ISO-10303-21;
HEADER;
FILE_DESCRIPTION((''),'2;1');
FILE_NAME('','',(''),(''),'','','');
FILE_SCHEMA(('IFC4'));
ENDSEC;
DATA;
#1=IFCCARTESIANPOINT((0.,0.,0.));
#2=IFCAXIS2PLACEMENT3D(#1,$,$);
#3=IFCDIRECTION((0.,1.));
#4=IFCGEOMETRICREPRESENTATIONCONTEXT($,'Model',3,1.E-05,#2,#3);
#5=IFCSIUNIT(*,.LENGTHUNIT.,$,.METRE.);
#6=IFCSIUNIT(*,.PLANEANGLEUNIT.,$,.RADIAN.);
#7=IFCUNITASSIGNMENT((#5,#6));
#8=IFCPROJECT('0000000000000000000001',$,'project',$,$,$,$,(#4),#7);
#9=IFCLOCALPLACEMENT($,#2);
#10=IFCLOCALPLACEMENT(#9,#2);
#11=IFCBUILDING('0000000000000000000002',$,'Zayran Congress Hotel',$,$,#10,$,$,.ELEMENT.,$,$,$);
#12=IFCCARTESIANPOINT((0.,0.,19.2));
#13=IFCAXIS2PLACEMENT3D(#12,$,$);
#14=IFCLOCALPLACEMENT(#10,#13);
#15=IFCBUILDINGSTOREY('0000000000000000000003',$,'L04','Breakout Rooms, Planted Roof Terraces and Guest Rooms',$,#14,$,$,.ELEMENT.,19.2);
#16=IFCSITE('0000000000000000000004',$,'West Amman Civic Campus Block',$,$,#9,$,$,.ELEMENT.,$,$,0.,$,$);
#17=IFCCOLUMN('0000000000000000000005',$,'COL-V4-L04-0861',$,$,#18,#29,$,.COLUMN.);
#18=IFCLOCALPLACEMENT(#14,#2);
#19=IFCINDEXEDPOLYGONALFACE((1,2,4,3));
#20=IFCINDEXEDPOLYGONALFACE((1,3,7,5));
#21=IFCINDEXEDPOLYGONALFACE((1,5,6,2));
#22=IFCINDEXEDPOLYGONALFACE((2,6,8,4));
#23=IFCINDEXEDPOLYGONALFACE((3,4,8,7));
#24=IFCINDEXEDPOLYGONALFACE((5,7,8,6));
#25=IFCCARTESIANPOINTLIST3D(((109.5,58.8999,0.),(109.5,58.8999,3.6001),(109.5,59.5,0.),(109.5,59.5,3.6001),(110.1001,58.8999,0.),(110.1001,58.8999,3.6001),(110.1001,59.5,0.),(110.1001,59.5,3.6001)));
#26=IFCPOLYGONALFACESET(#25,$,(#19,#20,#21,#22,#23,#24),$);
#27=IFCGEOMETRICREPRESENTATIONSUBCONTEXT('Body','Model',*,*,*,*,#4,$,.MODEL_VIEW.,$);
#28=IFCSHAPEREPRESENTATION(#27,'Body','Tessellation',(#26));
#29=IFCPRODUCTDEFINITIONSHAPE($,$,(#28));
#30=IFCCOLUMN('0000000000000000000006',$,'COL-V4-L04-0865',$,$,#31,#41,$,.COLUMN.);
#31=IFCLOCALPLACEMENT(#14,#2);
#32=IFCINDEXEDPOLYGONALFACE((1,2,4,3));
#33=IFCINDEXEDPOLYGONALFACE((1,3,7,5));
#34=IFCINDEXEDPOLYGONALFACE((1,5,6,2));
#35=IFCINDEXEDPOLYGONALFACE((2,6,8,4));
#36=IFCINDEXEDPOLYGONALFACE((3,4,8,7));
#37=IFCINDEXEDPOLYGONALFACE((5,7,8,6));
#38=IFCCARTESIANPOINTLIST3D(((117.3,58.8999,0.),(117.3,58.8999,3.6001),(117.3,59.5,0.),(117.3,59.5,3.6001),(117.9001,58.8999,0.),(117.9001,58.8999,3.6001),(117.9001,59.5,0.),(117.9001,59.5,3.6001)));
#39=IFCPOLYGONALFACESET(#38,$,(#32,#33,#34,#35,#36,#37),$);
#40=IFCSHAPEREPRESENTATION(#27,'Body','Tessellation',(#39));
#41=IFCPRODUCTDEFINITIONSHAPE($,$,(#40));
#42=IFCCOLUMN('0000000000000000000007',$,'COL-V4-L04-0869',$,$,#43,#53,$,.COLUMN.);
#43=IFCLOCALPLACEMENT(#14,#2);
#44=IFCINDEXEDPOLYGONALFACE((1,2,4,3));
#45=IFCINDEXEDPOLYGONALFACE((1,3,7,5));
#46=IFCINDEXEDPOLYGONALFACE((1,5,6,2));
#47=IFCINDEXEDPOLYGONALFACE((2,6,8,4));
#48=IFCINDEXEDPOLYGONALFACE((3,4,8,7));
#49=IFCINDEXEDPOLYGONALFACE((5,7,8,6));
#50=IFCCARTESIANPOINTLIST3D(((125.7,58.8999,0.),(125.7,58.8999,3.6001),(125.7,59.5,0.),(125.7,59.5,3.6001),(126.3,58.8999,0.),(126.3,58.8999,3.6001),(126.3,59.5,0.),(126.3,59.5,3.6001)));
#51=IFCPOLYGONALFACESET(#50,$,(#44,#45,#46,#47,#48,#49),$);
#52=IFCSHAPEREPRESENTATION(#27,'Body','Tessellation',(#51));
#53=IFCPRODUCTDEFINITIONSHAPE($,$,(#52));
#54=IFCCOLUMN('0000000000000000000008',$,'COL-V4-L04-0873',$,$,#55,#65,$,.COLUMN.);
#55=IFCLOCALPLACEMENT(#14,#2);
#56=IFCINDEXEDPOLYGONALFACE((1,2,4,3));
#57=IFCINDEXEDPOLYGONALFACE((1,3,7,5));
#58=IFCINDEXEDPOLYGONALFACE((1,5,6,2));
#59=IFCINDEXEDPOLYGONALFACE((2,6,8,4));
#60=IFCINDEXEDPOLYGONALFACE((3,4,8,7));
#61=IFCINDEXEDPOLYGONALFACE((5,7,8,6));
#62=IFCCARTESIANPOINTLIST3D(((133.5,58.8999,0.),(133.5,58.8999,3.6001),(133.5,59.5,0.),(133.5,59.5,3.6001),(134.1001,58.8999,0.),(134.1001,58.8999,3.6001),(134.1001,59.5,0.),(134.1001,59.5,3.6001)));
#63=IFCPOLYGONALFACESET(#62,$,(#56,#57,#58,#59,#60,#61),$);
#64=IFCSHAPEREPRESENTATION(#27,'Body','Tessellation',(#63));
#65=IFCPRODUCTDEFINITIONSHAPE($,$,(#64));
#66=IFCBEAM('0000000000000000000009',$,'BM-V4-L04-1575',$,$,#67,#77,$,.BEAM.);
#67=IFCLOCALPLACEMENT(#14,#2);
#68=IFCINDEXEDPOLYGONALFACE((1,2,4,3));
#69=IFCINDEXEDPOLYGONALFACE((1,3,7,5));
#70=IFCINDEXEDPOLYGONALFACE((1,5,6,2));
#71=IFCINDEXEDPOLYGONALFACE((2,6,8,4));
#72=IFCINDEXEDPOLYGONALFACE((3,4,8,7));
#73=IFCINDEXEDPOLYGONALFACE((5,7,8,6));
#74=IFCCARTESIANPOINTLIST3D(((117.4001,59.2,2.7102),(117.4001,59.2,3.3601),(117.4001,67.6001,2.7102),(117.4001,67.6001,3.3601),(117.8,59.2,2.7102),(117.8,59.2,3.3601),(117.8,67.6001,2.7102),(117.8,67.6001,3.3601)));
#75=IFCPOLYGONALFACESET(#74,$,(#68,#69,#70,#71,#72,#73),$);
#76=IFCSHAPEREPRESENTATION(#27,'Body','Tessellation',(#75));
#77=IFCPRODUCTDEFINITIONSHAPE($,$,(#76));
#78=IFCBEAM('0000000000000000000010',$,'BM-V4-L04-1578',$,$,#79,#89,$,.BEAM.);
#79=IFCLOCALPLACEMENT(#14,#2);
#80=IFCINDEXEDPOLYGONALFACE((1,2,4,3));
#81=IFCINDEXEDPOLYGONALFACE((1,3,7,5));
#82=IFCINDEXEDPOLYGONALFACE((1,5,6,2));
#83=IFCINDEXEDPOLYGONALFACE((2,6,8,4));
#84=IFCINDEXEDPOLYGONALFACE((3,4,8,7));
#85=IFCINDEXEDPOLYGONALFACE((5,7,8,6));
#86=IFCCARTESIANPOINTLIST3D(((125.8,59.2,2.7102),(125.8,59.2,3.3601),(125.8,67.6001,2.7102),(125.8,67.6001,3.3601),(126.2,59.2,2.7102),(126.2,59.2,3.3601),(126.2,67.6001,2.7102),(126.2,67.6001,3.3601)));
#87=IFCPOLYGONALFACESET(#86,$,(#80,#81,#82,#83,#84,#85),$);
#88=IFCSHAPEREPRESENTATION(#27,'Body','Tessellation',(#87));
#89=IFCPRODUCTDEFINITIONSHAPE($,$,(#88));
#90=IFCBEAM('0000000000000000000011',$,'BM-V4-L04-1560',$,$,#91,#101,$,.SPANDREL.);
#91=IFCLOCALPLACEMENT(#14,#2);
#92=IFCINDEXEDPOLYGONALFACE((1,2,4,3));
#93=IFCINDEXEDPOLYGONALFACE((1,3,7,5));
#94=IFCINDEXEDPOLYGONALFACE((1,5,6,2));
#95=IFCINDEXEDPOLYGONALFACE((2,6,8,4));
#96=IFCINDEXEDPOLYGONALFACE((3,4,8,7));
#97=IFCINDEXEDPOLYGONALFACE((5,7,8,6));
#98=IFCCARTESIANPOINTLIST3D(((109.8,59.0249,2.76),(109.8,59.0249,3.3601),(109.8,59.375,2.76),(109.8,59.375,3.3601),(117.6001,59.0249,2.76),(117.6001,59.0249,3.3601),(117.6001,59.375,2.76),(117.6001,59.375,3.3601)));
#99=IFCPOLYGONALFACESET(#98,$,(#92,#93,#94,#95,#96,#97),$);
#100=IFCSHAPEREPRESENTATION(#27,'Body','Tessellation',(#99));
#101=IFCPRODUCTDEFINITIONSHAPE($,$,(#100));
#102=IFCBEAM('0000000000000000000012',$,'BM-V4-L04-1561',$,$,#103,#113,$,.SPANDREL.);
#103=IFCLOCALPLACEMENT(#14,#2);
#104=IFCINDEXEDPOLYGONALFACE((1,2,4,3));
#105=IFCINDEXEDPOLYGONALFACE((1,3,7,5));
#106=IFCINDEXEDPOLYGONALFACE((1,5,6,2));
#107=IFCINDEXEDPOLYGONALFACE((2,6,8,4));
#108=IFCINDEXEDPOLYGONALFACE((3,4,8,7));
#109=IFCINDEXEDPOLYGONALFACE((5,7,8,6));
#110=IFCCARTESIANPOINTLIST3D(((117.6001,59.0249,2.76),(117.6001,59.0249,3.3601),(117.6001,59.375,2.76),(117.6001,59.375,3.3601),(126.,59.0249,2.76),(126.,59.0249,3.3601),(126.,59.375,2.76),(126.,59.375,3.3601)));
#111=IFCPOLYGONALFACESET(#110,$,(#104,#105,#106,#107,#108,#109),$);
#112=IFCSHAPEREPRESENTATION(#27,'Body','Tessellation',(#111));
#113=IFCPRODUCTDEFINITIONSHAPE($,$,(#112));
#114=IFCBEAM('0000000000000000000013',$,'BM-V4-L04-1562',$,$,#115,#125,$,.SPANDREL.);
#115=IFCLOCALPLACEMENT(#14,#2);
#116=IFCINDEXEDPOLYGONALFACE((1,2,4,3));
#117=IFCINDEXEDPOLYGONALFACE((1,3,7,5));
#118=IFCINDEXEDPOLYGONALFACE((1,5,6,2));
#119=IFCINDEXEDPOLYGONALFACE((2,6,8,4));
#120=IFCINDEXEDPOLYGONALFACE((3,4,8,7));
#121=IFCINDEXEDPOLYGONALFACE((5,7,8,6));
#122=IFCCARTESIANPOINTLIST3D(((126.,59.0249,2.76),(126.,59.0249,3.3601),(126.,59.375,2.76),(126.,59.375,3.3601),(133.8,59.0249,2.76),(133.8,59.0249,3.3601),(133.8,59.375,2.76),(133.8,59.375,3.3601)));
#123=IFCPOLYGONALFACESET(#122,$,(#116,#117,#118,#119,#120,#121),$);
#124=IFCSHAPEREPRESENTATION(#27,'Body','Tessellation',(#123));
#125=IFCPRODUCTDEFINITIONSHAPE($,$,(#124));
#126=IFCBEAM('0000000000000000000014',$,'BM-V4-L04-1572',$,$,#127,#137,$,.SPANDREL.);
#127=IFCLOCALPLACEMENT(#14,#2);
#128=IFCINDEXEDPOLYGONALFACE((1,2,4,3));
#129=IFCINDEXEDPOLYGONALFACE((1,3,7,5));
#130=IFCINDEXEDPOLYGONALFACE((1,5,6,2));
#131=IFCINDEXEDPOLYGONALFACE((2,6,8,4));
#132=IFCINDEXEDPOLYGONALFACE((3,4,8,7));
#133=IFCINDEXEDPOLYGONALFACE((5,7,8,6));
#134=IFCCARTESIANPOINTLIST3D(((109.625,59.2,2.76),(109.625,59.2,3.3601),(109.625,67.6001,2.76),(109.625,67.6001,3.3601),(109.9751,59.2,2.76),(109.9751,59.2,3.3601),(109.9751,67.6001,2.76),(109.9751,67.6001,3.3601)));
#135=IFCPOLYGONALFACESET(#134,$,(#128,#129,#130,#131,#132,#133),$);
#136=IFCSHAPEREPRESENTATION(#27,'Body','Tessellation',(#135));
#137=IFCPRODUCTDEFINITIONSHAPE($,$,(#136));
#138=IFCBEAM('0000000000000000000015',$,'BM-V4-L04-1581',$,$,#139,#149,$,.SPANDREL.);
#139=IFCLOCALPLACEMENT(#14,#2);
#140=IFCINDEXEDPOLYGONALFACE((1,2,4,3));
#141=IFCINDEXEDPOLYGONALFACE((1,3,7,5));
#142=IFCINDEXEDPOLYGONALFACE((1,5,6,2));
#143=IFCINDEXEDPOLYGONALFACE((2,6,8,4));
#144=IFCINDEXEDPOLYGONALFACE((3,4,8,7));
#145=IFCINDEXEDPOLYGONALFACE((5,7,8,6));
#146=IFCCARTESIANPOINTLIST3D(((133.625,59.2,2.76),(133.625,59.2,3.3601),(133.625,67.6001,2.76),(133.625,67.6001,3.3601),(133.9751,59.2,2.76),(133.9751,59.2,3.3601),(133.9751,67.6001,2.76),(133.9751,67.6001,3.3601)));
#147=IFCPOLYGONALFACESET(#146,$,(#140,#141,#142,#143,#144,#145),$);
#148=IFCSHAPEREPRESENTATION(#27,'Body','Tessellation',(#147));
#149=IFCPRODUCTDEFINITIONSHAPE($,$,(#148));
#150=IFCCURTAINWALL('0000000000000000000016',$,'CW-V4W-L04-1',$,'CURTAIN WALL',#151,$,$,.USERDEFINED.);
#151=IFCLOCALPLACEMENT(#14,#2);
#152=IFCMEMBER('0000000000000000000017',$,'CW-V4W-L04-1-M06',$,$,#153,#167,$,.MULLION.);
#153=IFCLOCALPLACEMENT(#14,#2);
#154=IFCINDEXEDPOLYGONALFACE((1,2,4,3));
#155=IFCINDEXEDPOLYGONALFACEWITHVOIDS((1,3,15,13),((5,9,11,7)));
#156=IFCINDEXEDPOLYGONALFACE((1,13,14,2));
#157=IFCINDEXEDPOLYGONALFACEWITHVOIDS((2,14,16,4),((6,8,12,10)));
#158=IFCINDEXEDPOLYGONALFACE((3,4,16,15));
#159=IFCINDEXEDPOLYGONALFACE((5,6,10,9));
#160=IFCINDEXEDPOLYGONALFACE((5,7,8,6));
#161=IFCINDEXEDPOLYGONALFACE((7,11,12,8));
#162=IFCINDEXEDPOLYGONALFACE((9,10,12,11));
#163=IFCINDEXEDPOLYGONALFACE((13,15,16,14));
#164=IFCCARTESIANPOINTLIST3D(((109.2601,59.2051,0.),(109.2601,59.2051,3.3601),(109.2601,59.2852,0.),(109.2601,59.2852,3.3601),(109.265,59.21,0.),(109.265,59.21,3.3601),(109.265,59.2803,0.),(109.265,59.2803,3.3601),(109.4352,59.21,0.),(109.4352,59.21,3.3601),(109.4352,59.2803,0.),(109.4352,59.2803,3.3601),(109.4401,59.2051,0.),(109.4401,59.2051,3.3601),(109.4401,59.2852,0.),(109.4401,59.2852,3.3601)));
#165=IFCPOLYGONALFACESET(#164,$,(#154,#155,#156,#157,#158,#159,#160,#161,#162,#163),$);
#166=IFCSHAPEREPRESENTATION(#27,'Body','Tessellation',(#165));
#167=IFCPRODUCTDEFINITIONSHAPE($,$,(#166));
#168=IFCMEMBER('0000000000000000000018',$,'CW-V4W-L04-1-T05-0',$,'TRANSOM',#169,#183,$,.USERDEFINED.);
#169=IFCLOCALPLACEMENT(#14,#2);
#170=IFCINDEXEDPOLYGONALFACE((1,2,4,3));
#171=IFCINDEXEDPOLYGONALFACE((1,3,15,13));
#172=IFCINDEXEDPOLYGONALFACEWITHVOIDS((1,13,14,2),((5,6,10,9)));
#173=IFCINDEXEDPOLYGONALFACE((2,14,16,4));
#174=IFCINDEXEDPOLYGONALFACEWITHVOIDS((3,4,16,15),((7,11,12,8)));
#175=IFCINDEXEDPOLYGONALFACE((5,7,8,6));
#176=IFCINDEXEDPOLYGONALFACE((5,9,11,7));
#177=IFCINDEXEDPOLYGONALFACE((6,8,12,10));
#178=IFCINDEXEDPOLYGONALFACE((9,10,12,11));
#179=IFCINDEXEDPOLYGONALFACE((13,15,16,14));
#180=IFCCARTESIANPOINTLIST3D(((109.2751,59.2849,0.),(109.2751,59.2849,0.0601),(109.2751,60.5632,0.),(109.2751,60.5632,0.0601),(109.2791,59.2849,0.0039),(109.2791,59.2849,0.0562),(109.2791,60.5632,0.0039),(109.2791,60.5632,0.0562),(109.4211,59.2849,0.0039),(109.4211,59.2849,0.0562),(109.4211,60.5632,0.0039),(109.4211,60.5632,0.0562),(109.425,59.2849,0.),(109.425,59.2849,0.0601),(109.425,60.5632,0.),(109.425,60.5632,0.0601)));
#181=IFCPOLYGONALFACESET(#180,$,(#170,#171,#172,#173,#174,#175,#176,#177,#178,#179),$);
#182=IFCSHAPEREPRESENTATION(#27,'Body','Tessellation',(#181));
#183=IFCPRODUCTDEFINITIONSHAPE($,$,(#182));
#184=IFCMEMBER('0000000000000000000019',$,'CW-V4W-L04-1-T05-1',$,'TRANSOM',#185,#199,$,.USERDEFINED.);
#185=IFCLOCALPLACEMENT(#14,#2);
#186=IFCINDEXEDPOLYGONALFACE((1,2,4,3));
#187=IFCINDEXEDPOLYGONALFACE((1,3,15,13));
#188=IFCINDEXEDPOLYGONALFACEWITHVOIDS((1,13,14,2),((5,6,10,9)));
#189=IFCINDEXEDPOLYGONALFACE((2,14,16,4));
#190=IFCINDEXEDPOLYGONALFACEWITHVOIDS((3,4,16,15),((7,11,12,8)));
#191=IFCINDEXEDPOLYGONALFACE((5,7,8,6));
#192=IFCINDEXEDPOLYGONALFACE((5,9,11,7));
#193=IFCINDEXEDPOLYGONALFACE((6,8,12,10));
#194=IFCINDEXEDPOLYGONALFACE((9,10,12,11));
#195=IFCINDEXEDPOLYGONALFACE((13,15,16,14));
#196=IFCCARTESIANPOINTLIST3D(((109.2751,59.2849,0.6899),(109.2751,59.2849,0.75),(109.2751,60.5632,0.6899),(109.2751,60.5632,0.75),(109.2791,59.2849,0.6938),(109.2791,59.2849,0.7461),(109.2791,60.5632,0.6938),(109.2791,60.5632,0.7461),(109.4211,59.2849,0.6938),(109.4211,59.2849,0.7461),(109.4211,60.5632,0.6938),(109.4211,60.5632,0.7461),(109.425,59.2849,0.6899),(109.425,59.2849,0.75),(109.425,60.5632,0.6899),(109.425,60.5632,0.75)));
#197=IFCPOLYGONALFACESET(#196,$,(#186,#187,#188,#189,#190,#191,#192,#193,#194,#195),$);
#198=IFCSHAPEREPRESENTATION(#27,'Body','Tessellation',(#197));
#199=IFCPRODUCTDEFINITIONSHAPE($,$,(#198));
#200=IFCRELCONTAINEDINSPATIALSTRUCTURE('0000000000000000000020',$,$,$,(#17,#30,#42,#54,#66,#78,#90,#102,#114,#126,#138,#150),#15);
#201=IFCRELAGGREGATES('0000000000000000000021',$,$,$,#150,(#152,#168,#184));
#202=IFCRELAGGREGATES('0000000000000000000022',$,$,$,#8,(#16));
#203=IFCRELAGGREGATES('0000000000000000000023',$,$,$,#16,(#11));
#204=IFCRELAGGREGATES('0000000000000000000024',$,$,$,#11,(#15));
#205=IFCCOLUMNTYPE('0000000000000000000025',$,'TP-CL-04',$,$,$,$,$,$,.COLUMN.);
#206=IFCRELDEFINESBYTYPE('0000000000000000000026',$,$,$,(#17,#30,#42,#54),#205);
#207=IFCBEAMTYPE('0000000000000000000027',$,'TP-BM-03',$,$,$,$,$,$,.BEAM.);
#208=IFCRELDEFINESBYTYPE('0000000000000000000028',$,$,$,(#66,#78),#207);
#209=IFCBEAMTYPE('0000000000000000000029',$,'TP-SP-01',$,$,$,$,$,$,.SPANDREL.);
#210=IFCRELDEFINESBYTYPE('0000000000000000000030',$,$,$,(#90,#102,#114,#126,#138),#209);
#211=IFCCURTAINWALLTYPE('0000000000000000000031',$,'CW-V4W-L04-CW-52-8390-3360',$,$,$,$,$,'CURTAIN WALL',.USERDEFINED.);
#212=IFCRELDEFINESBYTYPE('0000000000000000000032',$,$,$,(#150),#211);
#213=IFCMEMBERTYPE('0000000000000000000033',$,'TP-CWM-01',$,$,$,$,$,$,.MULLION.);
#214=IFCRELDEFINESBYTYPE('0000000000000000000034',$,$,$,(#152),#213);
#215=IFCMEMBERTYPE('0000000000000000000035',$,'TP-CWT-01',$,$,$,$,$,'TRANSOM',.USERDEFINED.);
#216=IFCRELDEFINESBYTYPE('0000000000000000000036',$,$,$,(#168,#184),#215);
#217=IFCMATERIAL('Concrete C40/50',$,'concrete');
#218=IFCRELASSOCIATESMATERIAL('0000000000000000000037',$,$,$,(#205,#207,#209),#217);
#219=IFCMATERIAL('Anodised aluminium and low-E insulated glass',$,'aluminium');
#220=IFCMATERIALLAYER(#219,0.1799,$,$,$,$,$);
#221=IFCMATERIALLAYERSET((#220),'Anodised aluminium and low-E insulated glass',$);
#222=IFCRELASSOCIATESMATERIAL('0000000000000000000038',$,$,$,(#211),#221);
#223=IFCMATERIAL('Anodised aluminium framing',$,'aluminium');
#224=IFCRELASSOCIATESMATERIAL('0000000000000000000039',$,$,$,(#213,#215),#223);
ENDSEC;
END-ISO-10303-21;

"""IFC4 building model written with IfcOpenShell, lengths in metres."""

from ifc_helpers import new_model, si_unit, direction, frame, origin, origin_2d, place, context, subcontext, project, spatial, rectangle, hollow_rectangle, extrude, material, layer, layer_set, material_profile, profile_set, type_object, element, aggregate, save


model = new_model("IFC4")

# Units and contexts
model_context = context("Model", 3, precision=1e-05, world=origin(), true_north=direction((0.0, 1.0)))
body_context = subcontext(model_context, "Body", "Model", "MODEL_VIEW")
ifc_project = project(units=[si_unit("LENGTHUNIT", "METRE"), si_unit("PLANEANGLEUNIT", "RADIAN")], contexts=[model_context])

# Site, building, storey
site_placement = place(None, origin())
site = spatial("IfcSite", under=ifc_project, at=site_placement, Name="West Amman Civic Campus Block", CompositionType="ELEMENT", RefElevation=0.0)
building_placement = place(site_placement, origin())
building = spatial("IfcBuilding", under=site, at=building_placement, Name="Zayran Congress Hotel", CompositionType="ELEMENT")
storey_placement = place(building_placement, frame((0.0, 0.0, 19.2)))
storey = spatial("IfcBuildingStorey", under=building, at=storey_placement, Name="L04", Description="Breakout Rooms, Planted Roof Terraces and Guest Rooms", CompositionType="ELEMENT", Elevation=19.2)

# Columns
ifc_material_1 = material(Name="Concrete C40/50", Category="concrete")
ifc_material_profile_1 = material_profile(ifc_material_1, rectangle(XDim=0.6001, YDim=0.6001, at=origin_2d()), Name="RC 600x600")
ifc_profile_set_1 = profile_set([ifc_material_profile_1], Name="Concrete C40/50")
column_type = type_object("IfcColumnType", Name="TP-CL-04", PredefinedType="COLUMN", material=ifc_profile_set_1)
for number, where, z_axis, x_axis, name in (
    (1, (109.8, 59.2, 0.0), (0.0, 0.0, 1.0), (1.0, 0.0, 0.0), "COL-V4-L04-0861"),
    (2, (117.6001, 59.2, 0.0), (0.0, 0.0, 1.0), (1.0, 0.0, 0.0), "COL-V4-L04-0865"),
    (3, (126.0, 59.2, 0.0), (0.0, 0.0, 1.0), (1.0, 0.0, 0.0), "COL-V4-L04-0869"),
    (4, (133.8, 59.2, 0.0), (0.0, 0.0, 1.0), (1.0, 0.0, 0.0), "COL-V4-L04-0873"),
):
    element("IfcColumn", number, at=place(storey_placement, frame(where, z_axis=z_axis, x_axis=x_axis)), inside=storey, type_object=column_type, Name=name, PredefinedType="COLUMN", context=body_context, shape_type="SweptSolid", body=[
        extrude(rectangle(XDim=0.6001, YDim=0.6001, at=origin_2d()), origin(), (0.0, 0.0, 1.0), 3.6001),
    ])

# Beams
ifc_material_profile_2 = material_profile(ifc_material_1, rectangle(XDim=0.3999, YDim=0.6499, at=origin_2d()), Name="RC 400x650")
ifc_profile_set_2 = profile_set([ifc_material_profile_2], Name="Concrete C40/50")
beam_type_1 = type_object("IfcBeamType", Name="TP-BM-03", PredefinedType="BEAM", material=ifc_profile_set_2)
for number, where, z_axis, x_axis, name in (
    (5, (117.6001, 59.2, 3.0352), (0.0, 1.0, 0.0), (-1.0, 0.0, 0.0), "BM-V4-L04-1575"),
    (6, (126.0, 59.2, 3.0352), (0.0, 1.0, 0.0), (-1.0, 0.0, 0.0), "BM-V4-L04-1578"),
):
    element("IfcBeam", number, at=place(storey_placement, frame(where, z_axis=z_axis, x_axis=x_axis)), inside=storey, type_object=beam_type_1, Name=name, PredefinedType="BEAM", context=body_context, shape_type="SweptSolid", body=[
        extrude(rectangle(XDim=0.3999, YDim=0.6499, at=origin_2d()), origin(), (0.0, 0.0, 1.0), 8.4001),
    ])
ifc_material_profile_3 = material_profile(ifc_material_1, rectangle(XDim=0.3501, YDim=0.6001, at=origin_2d()), Name="RC 350x600")
ifc_profile_set_3 = profile_set([ifc_material_profile_3], Name="Concrete C40/50")
beam_type_2 = type_object("IfcBeamType", Name="TP-SP-01", PredefinedType="SPANDREL", material=ifc_profile_set_3)
beam_1_placement = place(storey_placement, frame((109.8, 59.2, 3.0601), z_axis=(1.0, 0.0, 0.0), x_axis=(0.0, 1.0, 0.0)))
element("IfcBeam", 7, at=beam_1_placement, inside=storey, type_object=beam_type_2, Name="BM-V4-L04-1560", PredefinedType="SPANDREL", context=body_context, shape_type="SweptSolid", body=[
    extrude(rectangle(XDim=0.3501, YDim=0.6001, at=origin_2d()), origin(), (0.0, 0.0, 1.0), 7.8),
])
beam_2_placement = place(storey_placement, frame((117.6001, 59.2, 3.0601), z_axis=(1.0, 0.0, 0.0), x_axis=(0.0, 1.0, 0.0)))
element("IfcBeam", 8, at=beam_2_placement, inside=storey, type_object=beam_type_2, Name="BM-V4-L04-1561", PredefinedType="SPANDREL", context=body_context, shape_type="SweptSolid", body=[
    extrude(rectangle(XDim=0.3501, YDim=0.6001, at=origin_2d()), origin(), (0.0, 0.0, 1.0), 8.3999),
])
beam_3_placement = place(storey_placement, frame((126.0, 59.2, 3.0601), z_axis=(1.0, 0.0, 0.0), x_axis=(0.0, 1.0, 0.0)))
element("IfcBeam", 9, at=beam_3_placement, inside=storey, type_object=beam_type_2, Name="BM-V4-L04-1562", PredefinedType="SPANDREL", context=body_context, shape_type="SweptSolid", body=[
    extrude(rectangle(XDim=0.3501, YDim=0.6001, at=origin_2d()), origin(), (0.0, 0.0, 1.0), 7.8),
])
for number, where, z_axis, x_axis, name in (
    (10, (109.8, 59.2, 3.0601), (0.0, 1.0, 0.0), (-1.0, 0.0, 0.0), "BM-V4-L04-1572"),
    (11, (133.8, 59.2, 3.0601), (0.0, 1.0, 0.0), (-1.0, 0.0, 0.0), "BM-V4-L04-1581"),
):
    element("IfcBeam", number, at=place(storey_placement, frame(where, z_axis=z_axis, x_axis=x_axis)), inside=storey, type_object=beam_type_2, Name=name, PredefinedType="SPANDREL", context=body_context, shape_type="SweptSolid", body=[
        extrude(rectangle(XDim=0.3501, YDim=0.6001, at=origin_2d()), origin(), (0.0, 0.0, 1.0), 8.4001),
    ])

# Curtain wall, members
ifc_material_2 = material(Name="Anodised aluminium and low-E insulated glass", Category="aluminium")
ifc_layer_1 = layer(ifc_material_2, 0.1799)
ifc_layer_set_1 = layer_set([ifc_layer_1], Name="Anodised aluminium and low-E insulated glass")
curtain_wall_type = type_object("IfcCurtainWallType", Name="CW-V4W-L04-CW-52-8390-3360", ElementType="CURTAIN WALL", PredefinedType="USERDEFINED", material=ifc_layer_set_1)
curtain_wall_placement = place(storey_placement, origin())
curtain_wall = element("IfcCurtainWall", 12, at=curtain_wall_placement, inside=storey, type_object=curtain_wall_type, Name="CW-V4W-L04-1", ObjectType="CURTAIN WALL", PredefinedType="USERDEFINED")
ifc_material_3 = material(Name="Anodised aluminium framing", Category="aluminium")
ifc_material_profile_4 = material_profile(ifc_material_3, hollow_rectangle(XDim=0.0801, YDim=0.1799, WallThickness=0.0049, at=origin_2d()), Name="RHS 180x80x5")
ifc_profile_set_4 = profile_set([ifc_material_profile_4], Name="Anodised aluminium framing")
member_type_1 = type_object("IfcMemberType", Name="TP-CWM-01", PredefinedType="MULLION", material=ifc_profile_set_4)
member_1_placement = place(storey_placement, frame((109.3501, 59.2451, 0.0), z_axis=(0.0, 0.0, 1.0), x_axis=(0.0, 1.0, 0.0)))
member_1 = element("IfcMember", 13, at=member_1_placement, type_object=member_type_1, Name="CW-V4W-L04-1-M06", PredefinedType="MULLION", context=body_context, shape_type="SweptSolid", body=[
    extrude(hollow_rectangle(XDim=0.0801, YDim=0.1799, WallThickness=0.0049, at=origin_2d()), origin(), (0.0, 0.0, 1.0), 3.3601),
])
ifc_material_profile_5 = material_profile(ifc_material_3, hollow_rectangle(XDim=0.0601, YDim=0.1499, WallThickness=0.0039, at=origin_2d()), Name="RHS 150x60x4")
ifc_profile_set_5 = profile_set([ifc_material_profile_5], Name="Anodised aluminium framing")
member_type_2 = type_object("IfcMemberType", Name="TP-CWT-01", ElementType="TRANSOM", PredefinedType="USERDEFINED", material=ifc_profile_set_5)
member_2_placement = place(storey_placement, frame((109.3501, 60.5632, 0.03), z_axis=(0.0, -1.0, 0.0), x_axis=(0.0, 0.0, 1.0)))
member_2 = element("IfcMember", 14, at=member_2_placement, type_object=member_type_2, Name="CW-V4W-L04-1-T05-0", ObjectType="TRANSOM", PredefinedType="USERDEFINED", context=body_context, shape_type="SweptSolid", body=[
    extrude(hollow_rectangle(XDim=0.0601, YDim=0.1499, WallThickness=0.0039, at=origin_2d()), origin(), (0.0, 0.0, 1.0), 1.2783),
])
member_3_placement = place(storey_placement, frame((109.3501, 60.5632, 0.72), z_axis=(0.0, -1.0, 0.0), x_axis=(0.0, 0.0, 1.0)))
member_3 = element("IfcMember", 15, at=member_3_placement, type_object=member_type_2, Name="CW-V4W-L04-1-T05-1", ObjectType="TRANSOM", PredefinedType="USERDEFINED", context=body_context, shape_type="SweptSolid", body=[
    extrude(hollow_rectangle(XDim=0.0601, YDim=0.1499, WallThickness=0.0039, at=origin_2d()), origin(), (0.0, 0.0, 1.0), 1.2783),
])
aggregate(curtain_wall, [member_1, member_2, member_3])

save(model, "model.ifc")
